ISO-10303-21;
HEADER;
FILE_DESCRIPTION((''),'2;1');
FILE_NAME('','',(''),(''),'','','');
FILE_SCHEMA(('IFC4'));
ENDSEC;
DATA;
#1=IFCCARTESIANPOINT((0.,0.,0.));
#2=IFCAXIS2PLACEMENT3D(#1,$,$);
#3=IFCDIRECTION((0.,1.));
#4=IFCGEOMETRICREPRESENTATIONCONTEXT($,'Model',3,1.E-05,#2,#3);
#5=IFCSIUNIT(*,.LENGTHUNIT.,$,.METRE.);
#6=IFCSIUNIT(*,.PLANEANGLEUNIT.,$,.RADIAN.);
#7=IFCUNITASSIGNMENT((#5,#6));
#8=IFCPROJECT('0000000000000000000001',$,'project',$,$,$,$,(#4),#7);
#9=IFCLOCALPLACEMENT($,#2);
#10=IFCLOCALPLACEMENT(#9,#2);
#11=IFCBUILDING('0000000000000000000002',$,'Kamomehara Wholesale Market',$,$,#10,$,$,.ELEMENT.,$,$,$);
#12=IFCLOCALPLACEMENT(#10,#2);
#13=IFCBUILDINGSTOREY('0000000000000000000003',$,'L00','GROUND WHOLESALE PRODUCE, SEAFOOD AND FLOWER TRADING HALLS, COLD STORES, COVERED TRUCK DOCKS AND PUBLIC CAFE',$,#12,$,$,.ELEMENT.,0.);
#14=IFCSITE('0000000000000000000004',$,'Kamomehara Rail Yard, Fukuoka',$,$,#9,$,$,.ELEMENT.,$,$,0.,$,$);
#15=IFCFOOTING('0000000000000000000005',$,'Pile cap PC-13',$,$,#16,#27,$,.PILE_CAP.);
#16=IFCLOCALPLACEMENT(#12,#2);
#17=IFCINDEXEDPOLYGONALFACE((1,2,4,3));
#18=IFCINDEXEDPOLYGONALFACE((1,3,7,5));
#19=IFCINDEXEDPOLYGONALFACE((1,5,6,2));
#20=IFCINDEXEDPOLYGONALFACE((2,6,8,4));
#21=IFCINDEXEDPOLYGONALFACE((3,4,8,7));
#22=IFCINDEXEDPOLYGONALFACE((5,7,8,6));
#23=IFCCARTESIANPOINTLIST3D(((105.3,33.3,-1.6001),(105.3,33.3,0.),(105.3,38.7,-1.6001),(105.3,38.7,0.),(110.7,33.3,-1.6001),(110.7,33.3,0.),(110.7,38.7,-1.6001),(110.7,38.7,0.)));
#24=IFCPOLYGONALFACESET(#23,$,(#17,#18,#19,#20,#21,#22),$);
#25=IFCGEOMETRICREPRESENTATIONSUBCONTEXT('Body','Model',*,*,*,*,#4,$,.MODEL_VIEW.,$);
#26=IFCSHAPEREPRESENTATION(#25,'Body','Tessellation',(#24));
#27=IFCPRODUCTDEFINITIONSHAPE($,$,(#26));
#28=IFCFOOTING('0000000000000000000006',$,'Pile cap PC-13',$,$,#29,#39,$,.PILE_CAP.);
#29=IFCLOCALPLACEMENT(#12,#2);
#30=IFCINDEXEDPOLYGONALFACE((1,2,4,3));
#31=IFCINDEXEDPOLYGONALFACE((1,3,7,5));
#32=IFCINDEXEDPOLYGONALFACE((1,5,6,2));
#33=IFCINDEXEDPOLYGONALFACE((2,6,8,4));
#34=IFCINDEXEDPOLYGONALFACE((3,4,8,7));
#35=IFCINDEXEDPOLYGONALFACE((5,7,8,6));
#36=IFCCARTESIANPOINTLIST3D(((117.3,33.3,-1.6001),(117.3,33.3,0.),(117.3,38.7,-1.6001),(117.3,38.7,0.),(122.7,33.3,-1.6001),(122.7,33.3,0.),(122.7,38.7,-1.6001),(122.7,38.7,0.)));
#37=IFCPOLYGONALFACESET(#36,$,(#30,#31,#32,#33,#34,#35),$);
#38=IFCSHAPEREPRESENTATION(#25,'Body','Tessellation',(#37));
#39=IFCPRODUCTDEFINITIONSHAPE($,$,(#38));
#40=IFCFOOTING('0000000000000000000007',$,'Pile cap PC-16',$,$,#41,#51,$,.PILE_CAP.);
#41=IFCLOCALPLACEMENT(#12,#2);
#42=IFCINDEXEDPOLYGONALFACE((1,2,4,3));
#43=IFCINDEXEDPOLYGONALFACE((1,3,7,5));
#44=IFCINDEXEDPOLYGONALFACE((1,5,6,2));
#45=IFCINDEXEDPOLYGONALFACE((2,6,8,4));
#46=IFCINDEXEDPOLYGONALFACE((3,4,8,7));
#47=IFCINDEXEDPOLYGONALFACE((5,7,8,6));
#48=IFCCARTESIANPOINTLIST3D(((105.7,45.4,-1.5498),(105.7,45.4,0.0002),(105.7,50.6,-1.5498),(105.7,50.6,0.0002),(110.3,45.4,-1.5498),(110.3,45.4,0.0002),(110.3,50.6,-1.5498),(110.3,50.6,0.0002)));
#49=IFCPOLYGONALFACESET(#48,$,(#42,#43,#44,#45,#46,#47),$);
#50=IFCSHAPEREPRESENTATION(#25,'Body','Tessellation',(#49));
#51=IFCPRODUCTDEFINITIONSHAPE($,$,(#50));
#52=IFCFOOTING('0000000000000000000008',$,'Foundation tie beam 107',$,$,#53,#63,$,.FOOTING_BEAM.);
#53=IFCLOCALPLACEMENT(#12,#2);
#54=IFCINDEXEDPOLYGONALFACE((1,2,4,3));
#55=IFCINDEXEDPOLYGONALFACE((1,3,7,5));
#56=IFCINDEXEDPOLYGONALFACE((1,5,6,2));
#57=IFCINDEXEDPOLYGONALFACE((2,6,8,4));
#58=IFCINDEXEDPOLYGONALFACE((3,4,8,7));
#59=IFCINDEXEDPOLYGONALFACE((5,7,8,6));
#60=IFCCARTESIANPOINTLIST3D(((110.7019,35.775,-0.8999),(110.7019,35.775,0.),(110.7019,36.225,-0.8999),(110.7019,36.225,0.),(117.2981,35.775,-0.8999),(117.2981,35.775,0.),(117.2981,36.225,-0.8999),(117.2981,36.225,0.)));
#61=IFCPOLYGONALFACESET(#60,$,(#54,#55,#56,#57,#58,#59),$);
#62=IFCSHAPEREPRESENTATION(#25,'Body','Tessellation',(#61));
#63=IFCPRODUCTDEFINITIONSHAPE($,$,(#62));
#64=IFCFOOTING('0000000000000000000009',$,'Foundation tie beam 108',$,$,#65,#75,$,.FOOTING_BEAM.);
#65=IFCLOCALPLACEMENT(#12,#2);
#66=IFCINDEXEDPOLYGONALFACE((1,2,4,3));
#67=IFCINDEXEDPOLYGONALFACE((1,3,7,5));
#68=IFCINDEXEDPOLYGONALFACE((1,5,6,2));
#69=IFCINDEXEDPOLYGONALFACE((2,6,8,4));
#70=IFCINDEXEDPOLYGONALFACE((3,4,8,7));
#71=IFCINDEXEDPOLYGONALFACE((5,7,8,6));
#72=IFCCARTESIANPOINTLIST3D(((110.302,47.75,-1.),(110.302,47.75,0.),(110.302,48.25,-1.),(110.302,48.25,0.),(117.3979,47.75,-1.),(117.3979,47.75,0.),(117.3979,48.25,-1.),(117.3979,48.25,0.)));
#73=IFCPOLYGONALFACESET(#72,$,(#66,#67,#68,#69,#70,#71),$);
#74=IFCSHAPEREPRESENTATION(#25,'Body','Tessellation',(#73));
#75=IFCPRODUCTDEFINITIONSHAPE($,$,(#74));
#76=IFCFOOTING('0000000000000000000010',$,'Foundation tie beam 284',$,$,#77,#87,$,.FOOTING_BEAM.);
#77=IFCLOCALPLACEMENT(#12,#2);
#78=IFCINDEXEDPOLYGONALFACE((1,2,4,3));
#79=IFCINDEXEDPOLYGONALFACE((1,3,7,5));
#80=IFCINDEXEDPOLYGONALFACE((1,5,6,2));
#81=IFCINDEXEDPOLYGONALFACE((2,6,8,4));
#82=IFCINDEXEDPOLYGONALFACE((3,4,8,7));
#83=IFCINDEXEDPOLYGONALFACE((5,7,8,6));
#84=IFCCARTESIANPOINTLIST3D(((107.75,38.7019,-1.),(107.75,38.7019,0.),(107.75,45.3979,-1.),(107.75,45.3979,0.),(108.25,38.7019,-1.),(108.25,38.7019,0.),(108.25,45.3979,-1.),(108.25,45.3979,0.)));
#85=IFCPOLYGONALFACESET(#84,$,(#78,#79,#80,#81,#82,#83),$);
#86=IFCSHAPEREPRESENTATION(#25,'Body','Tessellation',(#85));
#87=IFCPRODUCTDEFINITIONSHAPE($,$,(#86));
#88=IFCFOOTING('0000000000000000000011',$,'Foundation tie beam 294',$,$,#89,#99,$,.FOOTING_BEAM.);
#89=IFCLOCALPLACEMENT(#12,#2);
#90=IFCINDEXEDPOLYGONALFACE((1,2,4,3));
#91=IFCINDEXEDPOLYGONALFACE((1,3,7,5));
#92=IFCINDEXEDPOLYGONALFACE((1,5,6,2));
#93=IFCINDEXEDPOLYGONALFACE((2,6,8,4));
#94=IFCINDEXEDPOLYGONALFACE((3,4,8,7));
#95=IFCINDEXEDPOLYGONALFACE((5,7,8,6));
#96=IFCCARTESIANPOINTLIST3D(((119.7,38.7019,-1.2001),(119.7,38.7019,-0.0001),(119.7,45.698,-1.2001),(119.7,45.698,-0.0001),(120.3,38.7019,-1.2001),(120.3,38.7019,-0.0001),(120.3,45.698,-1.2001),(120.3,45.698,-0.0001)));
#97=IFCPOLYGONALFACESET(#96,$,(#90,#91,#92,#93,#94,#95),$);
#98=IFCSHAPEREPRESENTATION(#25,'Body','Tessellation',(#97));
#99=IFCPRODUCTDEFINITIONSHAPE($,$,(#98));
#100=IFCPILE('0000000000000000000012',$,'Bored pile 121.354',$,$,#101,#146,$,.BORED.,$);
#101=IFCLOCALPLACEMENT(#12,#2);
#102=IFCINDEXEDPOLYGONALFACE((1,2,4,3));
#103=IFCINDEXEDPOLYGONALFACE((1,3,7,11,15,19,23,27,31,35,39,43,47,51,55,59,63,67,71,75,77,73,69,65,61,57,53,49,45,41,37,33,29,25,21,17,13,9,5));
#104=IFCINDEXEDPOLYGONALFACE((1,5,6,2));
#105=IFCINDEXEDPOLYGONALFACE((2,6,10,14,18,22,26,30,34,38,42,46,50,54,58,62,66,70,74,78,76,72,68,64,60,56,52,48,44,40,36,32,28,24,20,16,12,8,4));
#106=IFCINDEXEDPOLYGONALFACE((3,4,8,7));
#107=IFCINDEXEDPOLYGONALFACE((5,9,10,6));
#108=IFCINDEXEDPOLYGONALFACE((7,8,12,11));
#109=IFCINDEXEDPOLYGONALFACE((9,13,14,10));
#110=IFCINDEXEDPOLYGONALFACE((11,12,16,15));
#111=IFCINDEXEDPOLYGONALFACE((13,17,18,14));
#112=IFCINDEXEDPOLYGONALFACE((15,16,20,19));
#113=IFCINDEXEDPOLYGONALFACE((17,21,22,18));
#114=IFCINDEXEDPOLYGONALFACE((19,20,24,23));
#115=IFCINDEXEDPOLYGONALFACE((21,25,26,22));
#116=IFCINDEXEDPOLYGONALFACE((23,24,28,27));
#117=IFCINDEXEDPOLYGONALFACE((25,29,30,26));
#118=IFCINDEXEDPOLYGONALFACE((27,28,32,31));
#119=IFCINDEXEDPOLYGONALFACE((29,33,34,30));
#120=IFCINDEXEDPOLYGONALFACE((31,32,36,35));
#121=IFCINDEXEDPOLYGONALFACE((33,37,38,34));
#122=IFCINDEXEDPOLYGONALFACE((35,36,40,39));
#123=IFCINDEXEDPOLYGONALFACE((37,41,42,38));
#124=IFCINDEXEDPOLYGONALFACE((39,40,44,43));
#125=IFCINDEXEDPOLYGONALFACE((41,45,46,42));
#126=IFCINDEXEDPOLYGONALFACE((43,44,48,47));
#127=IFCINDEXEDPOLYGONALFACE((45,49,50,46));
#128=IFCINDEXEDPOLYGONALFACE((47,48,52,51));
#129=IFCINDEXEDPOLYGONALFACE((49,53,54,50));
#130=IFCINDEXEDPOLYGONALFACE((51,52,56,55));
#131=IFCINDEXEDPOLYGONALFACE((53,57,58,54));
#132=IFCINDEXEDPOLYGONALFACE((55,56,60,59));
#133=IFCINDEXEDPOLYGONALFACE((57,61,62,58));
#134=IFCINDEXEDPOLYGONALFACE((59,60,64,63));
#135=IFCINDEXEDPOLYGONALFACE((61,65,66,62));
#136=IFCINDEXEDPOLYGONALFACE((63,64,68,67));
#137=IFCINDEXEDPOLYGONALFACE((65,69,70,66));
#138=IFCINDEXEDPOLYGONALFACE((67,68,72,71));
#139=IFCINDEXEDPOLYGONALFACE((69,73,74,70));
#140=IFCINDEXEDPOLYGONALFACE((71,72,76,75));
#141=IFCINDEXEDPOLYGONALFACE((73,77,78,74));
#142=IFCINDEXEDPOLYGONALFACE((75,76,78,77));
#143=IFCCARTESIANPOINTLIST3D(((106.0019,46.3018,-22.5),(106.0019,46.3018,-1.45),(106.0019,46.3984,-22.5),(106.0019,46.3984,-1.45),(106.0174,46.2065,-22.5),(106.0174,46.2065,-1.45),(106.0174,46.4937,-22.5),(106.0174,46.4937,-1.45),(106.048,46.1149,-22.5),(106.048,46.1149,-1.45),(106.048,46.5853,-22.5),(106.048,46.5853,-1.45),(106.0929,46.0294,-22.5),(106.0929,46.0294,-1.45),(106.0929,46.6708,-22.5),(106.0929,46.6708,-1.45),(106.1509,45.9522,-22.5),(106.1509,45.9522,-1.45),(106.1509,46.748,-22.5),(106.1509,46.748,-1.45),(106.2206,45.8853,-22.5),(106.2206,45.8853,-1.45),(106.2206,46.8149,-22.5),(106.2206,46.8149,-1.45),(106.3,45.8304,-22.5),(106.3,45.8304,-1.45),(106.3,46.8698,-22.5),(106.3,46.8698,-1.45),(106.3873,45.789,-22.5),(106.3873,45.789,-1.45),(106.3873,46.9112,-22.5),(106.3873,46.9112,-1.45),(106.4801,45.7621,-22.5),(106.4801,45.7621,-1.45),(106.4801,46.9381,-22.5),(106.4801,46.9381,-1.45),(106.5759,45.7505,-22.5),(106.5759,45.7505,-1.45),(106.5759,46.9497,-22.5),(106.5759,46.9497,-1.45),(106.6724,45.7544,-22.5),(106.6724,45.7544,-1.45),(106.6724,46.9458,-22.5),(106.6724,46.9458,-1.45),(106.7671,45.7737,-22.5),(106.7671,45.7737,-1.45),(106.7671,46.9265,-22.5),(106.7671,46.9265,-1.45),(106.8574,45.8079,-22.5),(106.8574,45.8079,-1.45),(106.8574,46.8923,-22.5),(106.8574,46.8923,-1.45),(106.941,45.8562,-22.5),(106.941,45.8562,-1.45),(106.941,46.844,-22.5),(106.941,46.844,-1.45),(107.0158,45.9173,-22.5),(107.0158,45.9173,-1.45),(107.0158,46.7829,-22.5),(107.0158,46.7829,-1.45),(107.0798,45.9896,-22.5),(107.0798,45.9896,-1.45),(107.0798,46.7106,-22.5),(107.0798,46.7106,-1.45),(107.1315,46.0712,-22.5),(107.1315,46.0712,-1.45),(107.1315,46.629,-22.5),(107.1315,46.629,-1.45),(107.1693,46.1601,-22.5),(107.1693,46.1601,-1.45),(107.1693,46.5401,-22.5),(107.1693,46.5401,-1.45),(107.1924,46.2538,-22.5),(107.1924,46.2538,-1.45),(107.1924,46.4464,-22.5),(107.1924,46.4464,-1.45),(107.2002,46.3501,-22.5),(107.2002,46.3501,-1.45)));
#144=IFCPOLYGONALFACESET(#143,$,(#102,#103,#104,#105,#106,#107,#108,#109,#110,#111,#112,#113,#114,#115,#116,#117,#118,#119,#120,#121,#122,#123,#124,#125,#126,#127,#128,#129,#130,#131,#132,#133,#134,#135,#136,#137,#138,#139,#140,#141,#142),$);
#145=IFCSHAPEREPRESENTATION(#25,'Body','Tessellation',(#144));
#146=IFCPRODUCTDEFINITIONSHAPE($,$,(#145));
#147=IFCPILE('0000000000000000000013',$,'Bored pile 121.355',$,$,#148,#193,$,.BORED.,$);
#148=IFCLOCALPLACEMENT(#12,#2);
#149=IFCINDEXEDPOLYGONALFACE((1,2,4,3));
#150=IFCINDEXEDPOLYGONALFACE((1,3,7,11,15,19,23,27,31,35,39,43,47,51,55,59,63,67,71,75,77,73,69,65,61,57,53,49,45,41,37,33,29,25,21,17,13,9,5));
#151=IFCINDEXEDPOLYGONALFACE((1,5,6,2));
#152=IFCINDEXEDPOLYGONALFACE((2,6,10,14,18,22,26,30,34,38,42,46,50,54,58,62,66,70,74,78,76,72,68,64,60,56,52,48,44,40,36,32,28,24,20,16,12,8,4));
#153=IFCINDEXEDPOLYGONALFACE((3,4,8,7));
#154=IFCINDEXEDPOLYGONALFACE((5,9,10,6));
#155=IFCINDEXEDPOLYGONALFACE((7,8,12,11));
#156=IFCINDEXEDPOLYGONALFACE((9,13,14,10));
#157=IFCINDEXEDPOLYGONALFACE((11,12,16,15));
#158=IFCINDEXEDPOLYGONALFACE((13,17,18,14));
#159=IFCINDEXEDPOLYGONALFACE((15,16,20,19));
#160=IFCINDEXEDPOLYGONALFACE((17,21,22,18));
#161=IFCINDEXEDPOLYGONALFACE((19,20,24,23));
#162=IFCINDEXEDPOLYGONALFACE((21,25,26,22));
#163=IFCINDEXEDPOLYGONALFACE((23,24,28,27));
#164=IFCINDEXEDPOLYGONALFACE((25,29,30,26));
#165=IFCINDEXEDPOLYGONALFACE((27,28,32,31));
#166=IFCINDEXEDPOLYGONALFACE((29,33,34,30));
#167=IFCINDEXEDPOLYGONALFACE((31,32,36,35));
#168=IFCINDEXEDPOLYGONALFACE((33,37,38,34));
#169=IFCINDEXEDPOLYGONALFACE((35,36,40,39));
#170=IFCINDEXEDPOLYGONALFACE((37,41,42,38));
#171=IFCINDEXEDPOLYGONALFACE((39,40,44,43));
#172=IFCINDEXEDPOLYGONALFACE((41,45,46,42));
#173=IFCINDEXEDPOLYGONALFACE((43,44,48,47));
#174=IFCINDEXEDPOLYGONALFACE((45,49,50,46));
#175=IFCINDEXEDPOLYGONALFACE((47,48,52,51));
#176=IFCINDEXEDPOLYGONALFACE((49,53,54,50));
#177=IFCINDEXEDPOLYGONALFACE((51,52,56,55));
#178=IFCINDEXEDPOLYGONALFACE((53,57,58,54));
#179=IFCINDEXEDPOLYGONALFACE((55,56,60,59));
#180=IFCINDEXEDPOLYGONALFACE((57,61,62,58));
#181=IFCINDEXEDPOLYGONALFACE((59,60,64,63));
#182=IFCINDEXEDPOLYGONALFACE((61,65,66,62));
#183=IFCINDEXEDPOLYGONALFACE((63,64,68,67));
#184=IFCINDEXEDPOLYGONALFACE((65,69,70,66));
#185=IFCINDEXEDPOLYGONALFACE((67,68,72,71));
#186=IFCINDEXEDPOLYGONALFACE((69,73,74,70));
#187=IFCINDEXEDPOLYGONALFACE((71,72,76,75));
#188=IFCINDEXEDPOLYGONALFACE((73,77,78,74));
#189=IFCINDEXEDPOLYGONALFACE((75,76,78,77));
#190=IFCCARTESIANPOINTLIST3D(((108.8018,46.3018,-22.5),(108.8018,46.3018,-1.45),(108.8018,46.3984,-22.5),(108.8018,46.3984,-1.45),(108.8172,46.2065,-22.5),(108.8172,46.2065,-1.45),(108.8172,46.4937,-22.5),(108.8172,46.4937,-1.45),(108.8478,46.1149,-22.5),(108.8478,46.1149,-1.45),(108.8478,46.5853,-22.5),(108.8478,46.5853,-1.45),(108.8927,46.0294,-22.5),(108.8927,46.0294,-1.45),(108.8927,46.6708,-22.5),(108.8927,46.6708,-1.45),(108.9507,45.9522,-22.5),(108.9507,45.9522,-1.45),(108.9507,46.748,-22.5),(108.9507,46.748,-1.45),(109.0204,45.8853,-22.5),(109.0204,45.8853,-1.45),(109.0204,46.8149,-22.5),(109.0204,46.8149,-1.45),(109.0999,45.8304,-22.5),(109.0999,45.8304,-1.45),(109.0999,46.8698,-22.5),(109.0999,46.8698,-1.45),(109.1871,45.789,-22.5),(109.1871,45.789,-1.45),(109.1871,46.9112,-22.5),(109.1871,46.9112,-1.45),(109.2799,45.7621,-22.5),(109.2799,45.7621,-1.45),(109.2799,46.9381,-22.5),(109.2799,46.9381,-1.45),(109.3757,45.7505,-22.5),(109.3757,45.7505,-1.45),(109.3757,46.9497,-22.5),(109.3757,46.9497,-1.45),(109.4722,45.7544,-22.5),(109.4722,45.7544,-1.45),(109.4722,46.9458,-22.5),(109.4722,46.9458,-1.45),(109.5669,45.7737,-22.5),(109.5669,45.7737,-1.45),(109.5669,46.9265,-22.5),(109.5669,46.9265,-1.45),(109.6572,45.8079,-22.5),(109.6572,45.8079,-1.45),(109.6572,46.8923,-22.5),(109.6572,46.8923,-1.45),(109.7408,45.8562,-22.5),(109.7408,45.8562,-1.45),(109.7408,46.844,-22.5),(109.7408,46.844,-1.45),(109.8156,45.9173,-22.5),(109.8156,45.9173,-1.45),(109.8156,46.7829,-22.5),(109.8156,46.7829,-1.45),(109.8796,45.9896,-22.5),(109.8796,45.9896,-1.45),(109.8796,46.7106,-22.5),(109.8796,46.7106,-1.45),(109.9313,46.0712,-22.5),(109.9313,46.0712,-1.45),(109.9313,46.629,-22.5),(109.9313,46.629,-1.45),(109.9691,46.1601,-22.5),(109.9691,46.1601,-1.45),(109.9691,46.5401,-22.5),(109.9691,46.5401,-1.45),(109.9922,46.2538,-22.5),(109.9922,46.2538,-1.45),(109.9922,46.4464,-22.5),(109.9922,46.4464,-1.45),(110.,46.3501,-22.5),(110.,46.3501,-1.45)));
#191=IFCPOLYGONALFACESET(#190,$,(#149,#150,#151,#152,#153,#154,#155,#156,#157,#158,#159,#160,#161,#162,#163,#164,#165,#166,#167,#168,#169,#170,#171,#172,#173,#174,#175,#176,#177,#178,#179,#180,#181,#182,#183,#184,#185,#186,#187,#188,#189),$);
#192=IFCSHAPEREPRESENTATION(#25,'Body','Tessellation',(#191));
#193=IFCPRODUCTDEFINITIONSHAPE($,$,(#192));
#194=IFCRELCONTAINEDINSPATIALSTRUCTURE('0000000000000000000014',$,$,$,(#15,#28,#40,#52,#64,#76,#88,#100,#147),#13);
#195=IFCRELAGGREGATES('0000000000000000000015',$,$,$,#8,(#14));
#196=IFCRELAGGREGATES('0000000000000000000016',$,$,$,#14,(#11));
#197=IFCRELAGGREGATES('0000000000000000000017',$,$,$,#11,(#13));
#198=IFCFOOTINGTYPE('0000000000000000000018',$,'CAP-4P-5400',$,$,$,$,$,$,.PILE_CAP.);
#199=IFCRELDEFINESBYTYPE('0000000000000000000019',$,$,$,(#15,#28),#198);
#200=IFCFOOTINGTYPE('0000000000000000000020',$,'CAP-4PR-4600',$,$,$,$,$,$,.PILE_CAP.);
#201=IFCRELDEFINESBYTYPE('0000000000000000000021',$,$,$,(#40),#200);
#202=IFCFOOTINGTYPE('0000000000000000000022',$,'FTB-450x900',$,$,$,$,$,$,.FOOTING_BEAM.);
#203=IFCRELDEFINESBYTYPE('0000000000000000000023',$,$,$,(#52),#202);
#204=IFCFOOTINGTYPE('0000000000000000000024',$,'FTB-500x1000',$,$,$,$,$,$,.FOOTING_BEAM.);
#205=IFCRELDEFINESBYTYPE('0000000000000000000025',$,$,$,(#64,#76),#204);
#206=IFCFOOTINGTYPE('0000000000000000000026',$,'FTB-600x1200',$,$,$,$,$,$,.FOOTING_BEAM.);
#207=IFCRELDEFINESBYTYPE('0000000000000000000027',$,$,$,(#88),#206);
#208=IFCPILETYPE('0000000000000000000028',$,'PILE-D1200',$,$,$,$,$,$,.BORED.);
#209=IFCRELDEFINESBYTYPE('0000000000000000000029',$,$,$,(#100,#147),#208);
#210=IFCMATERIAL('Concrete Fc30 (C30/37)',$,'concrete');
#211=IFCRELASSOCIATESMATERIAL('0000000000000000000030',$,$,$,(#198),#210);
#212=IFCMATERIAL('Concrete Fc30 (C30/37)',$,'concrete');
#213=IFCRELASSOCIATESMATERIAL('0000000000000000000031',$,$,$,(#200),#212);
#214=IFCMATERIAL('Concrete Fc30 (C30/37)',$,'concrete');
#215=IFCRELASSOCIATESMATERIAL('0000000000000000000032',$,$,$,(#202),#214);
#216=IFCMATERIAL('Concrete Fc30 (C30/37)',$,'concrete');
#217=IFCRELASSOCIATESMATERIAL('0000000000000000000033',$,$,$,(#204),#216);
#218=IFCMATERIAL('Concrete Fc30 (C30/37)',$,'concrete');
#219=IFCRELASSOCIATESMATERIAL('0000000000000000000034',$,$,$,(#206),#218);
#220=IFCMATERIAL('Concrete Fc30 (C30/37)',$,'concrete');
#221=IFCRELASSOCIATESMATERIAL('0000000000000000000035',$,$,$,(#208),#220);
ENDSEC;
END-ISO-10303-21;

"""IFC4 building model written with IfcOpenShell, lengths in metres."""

from ifc_helpers import new_model, si_unit, direction, frame, origin, origin_2d, place, context, subcontext, project, spatial, rectangle, circle, extrude, material, material_profile, profile_set, type_object, element, save


model = new_model("IFC4")

# Units and contexts
model_context = context("Model", 3, precision=1e-05, world=origin(), true_north=direction((0.0, 1.0)))
body_context = subcontext(model_context, "Body", "Model", "MODEL_VIEW")
ifc_project = project(units=[si_unit("LENGTHUNIT", "METRE"), si_unit("PLANEANGLEUNIT", "RADIAN")], contexts=[model_context])

# Site, building, storey
site_placement = place(None, origin())
site = spatial("IfcSite", under=ifc_project, at=site_placement, Name="Kamomehara Rail Yard, Fukuoka", CompositionType="ELEMENT", RefElevation=0.0)
building_placement = place(site_placement, origin())
building = spatial("IfcBuilding", under=site, at=building_placement, Name="Kamomehara Wholesale Market", CompositionType="ELEMENT")
storey_placement = place(building_placement, origin())
storey = spatial("IfcBuildingStorey", under=building, at=storey_placement, Name="L00", Description="GROUND WHOLESALE PRODUCE, SEAFOOD AND FLOWER TRADING HALLS, COLD STORES, COVERED TRUCK DOCKS AND PUBLIC CAFE", CompositionType="ELEMENT", Elevation=0.0)

# Footings
ifc_material_1 = material(Name="Concrete Fc30 (C30/37)", Category="concrete")
footing_type_1 = type_object("IfcFootingType", Name="CAP-4P-5400", PredefinedType="PILE_CAP", material=ifc_material_1)
for number, where, z_axis, x_axis, name in (
    (1, (108.0, 36.0, -1.6001), (0.0, 0.0, 1.0), (1.0, 0.0, 0.0), "Pile cap PC-13"),
    (2, (120.0, 36.0, -1.6001), (0.0, 0.0, 1.0), (1.0, 0.0, 0.0), "Pile cap PC-13"),
):
    element("IfcFooting", number, at=place(storey_placement, frame(where, z_axis=z_axis, x_axis=x_axis)), inside=storey, type_object=footing_type_1, Name=name, PredefinedType="PILE_CAP", context=body_context, shape_type="SweptSolid", body=[
        extrude(rectangle(XDim=5.3999, YDim=5.3999, at=origin_2d()), origin(), (0.0, 0.0, 1.0), 1.6001),
    ])
ifc_material_2 = material(Name="Concrete Fc30 (C30/37)", Category="concrete")
footing_type_2 = type_object("IfcFootingType", Name="CAP-4PR-4600", PredefinedType="PILE_CAP", material=ifc_material_2)
footing_1_placement = place(storey_placement, frame((108.0, 48.0, -1.5498), z_axis=(0.0, 0.0, 1.0), x_axis=(1.0, 0.0, 0.0)))
element("IfcFooting", 3, at=footing_1_placement, inside=storey, type_object=footing_type_2, Name="Pile cap PC-16", PredefinedType="PILE_CAP", context=body_context, shape_type="SweptSolid", body=[
    extrude(rectangle(XDim=4.6001, YDim=5.2, at=origin_2d()), origin(), (0.0, 0.0, 1.0), 1.55),
])
ifc_material_3 = material(Name="Concrete Fc30 (C30/37)", Category="concrete")
ifc_material_profile_1 = material_profile(ifc_material_3, rectangle(XDim=0.45, YDim=0.8999, at=origin_2d()), Name="RC-FTB-450x900")
ifc_profile_set_1 = profile_set([ifc_material_profile_1], Name="Concrete Fc30 (C30/37)")
footing_type_3 = type_object("IfcFootingType", Name="FTB-450x900", PredefinedType="FOOTING_BEAM", material=ifc_profile_set_1)
footing_2_placement = place(storey_placement, frame((110.7019, 36.0, -0.45), z_axis=(1.0, 0.0, 0.0), x_axis=(0.0, 1.0, 0.0)))
element("IfcFooting", 4, at=footing_2_placement, inside=storey, type_object=footing_type_3, Name="Foundation tie beam 107", PredefinedType="FOOTING_BEAM", context=body_context, shape_type="SweptSolid", body=[
    extrude(rectangle(XDim=0.45, YDim=0.8999, at=origin_2d()), origin(), (0.0, 0.0, 1.0), 6.5962),
])
ifc_material_4 = material(Name="Concrete Fc30 (C30/37)", Category="concrete")
ifc_material_profile_2 = material_profile(ifc_material_4, rectangle(XDim=0.5, YDim=1.0, at=origin_2d()), Name="RC-FTB-500x1000")
ifc_profile_set_2 = profile_set([ifc_material_profile_2], Name="Concrete Fc30 (C30/37)")
footing_type_4 = type_object("IfcFootingType", Name="FTB-500x1000", PredefinedType="FOOTING_BEAM", material=ifc_profile_set_2)
footing_3_placement = place(storey_placement, frame((110.302, 48.0, -0.5), z_axis=(1.0, 0.0, 0.0), x_axis=(0.0, 1.0, 0.0)))
element("IfcFooting", 5, at=footing_3_placement, inside=storey, type_object=footing_type_4, Name="Foundation tie beam 108", PredefinedType="FOOTING_BEAM", context=body_context, shape_type="SweptSolid", body=[
    extrude(rectangle(XDim=0.5, YDim=1.0, at=origin_2d()), origin(), (0.0, 0.0, 1.0), 7.0959),
])
footing_4_placement = place(storey_placement, frame((108.0, 38.7019, -0.5), z_axis=(0.0, 1.0, 0.0), x_axis=(-1.0, 0.0, 0.0)))
element("IfcFooting", 6, at=footing_4_placement, inside=storey, type_object=footing_type_4, Name="Foundation tie beam 284", PredefinedType="FOOTING_BEAM", context=body_context, shape_type="SweptSolid", body=[
    extrude(rectangle(XDim=0.5, YDim=1.0, at=origin_2d()), origin(), (0.0, 0.0, 1.0), 6.696),
])
ifc_material_5 = material(Name="Concrete Fc30 (C30/37)", Category="concrete")
ifc_material_profile_3 = material_profile(ifc_material_5, rectangle(XDim=0.6001, YDim=1.2, at=origin_2d()), Name="RC-FTB-600x1200")
ifc_profile_set_3 = profile_set([ifc_material_profile_3], Name="Concrete Fc30 (C30/37)")
footing_type_5 = type_object("IfcFootingType", Name="FTB-600x1200", PredefinedType="FOOTING_BEAM", material=ifc_profile_set_3)
footing_5_placement = place(storey_placement, frame((120.0, 38.7019, -0.6001), z_axis=(0.0, 1.0, 0.0), x_axis=(-1.0, 0.0, 0.0)))
element("IfcFooting", 7, at=footing_5_placement, inside=storey, type_object=footing_type_5, Name="Foundation tie beam 294", PredefinedType="FOOTING_BEAM", context=body_context, shape_type="SweptSolid", body=[
    extrude(rectangle(XDim=0.6001, YDim=1.2, at=origin_2d()), origin(), (0.0, 0.0, 1.0), 6.9961),
])

# Piles
ifc_material_6 = material(Name="Concrete Fc30 (C30/37)", Category="concrete")
ifc_material_profile_4 = material_profile(ifc_material_6, circle(Radius=0.6001, at=origin_2d()), Name="RC-PILE-D1200")
ifc_profile_set_4 = profile_set([ifc_material_profile_4], Name="Concrete Fc30 (C30/37)")
pile_type_1 = type_object("IfcPileType", Name="PILE-D1200", PredefinedType="BORED", material=ifc_profile_set_4)
for number, where, z_axis, x_axis, name in (
    (8, (106.6001, 46.3501, -1.45), (0.0, 0.0, -1.0), (1.0, 0.0, 0.0), "Bored pile 121.354"),
    (9, (109.3999, 46.3501, -1.45), (0.0, 0.0, -1.0), (1.0, 0.0, 0.0), "Bored pile 121.355"),
):
    element("IfcPile", number, at=place(storey_placement, frame(where, z_axis=z_axis, x_axis=x_axis)), inside=storey, type_object=pile_type_1, Name=name, PredefinedType="BORED", context=body_context, shape_type="SweptSolid", body=[
        extrude(circle(Radius=0.6001, at=origin_2d()), origin(), (0.0, 0.0, 1.0), 21.05),
    ])

save(model, "model.ifc")
